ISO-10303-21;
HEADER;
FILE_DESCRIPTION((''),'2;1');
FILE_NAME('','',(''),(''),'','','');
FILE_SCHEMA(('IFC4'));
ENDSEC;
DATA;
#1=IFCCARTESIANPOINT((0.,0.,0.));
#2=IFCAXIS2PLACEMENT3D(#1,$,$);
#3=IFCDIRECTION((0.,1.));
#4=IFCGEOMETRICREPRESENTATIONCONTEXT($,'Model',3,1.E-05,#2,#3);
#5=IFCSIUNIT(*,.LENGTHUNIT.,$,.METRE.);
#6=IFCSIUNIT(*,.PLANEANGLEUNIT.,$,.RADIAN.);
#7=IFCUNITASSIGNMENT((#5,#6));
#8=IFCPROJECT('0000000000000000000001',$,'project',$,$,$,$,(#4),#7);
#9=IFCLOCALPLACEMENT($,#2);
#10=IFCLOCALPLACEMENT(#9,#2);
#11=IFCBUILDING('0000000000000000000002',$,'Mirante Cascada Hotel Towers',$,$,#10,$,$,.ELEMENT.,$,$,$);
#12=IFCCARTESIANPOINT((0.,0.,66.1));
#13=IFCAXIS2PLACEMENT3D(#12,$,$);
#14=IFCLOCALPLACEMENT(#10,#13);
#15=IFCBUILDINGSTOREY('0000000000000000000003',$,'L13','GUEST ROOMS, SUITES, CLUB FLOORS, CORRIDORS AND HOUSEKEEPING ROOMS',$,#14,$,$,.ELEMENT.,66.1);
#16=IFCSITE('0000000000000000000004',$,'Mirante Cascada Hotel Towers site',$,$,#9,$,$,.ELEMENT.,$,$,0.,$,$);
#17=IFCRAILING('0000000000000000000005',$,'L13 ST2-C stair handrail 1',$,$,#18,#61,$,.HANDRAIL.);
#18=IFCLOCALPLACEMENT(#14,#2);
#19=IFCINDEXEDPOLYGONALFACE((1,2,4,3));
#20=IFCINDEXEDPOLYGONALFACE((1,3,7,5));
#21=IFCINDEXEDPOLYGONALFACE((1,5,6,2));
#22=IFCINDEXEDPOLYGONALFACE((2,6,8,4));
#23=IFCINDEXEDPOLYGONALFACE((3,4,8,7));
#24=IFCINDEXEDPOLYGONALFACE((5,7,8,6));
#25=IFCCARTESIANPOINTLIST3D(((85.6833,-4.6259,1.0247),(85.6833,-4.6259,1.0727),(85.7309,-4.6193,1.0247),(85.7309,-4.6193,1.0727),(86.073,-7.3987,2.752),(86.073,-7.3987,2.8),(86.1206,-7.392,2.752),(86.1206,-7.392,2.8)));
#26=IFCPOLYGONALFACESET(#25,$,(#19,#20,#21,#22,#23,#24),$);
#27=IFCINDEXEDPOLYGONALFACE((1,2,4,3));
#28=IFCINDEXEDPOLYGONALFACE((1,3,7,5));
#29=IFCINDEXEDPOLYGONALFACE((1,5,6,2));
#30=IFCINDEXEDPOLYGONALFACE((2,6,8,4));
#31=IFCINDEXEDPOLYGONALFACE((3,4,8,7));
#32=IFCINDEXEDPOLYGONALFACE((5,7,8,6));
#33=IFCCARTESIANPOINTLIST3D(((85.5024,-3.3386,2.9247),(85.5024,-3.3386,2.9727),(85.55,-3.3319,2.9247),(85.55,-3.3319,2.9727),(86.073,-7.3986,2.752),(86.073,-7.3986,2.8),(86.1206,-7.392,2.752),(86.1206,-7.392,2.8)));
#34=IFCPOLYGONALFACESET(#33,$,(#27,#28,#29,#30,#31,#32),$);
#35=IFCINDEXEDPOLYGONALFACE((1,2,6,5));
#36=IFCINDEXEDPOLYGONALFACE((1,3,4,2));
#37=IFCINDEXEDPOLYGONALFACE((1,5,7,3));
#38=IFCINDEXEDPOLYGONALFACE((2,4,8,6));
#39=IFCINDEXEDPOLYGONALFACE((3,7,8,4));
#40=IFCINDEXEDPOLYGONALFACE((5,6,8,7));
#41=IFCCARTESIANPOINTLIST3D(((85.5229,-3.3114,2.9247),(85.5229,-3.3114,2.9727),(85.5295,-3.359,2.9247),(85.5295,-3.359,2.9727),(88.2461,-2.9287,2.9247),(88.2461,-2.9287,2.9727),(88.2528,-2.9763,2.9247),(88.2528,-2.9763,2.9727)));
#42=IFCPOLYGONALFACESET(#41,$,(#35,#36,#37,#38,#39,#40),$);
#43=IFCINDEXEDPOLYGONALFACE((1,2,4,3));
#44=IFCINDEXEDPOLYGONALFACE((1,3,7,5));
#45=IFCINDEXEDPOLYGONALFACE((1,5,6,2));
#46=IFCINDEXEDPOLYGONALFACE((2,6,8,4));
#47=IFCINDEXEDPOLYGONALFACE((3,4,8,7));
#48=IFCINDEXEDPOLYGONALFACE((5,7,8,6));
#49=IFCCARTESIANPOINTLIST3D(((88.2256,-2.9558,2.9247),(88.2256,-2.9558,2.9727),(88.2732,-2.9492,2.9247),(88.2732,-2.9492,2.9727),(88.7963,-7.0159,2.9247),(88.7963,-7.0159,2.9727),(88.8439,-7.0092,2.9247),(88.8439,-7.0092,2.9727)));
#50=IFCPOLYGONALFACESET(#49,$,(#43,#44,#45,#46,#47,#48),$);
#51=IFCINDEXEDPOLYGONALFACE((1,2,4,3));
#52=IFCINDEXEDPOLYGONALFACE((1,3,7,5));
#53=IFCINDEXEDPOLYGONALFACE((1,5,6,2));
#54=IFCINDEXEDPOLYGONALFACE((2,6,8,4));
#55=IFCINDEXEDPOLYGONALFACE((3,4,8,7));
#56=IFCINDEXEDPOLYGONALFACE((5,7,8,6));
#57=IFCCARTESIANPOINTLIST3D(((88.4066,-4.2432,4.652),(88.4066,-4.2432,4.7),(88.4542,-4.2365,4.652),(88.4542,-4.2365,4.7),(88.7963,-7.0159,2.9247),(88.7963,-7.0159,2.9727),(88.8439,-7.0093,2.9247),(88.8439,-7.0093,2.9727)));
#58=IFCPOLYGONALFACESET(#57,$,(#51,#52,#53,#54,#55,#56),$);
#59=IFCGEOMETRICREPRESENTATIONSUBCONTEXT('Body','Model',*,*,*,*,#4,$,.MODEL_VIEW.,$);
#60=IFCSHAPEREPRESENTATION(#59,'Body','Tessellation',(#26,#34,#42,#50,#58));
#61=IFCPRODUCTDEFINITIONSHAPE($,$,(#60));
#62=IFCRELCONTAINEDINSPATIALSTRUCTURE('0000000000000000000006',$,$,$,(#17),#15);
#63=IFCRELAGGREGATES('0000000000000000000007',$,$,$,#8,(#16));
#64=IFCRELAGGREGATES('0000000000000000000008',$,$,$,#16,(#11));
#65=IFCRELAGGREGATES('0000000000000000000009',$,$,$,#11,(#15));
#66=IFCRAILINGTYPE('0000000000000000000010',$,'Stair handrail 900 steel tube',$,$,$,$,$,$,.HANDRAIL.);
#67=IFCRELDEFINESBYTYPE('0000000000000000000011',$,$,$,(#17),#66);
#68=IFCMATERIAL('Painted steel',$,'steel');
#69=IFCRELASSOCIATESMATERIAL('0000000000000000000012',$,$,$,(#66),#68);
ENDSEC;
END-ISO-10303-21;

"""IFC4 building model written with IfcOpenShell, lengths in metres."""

from ifc_helpers import new_model, si_unit, direction, frame, origin, origin_2d, place, context, subcontext, project, spatial, rectangle, extrude, material, type_object, element, save


model = new_model("IFC4")

# Units and contexts
model_context = context("Model", 3, precision=1e-05, world=origin(), true_north=direction((0.0, 1.0)))
body_context = subcontext(model_context, "Body", "Model", "MODEL_VIEW")
ifc_project = project(units=[si_unit("LENGTHUNIT", "METRE"), si_unit("PLANEANGLEUNIT", "RADIAN")], contexts=[model_context])

# Site, building, storey
site_placement = place(None, origin())
site = spatial("IfcSite", under=ifc_project, at=site_placement, Name="Mirante Cascada Hotel Towers site", CompositionType="ELEMENT", RefElevation=0.0)
building_placement = place(site_placement, origin())
building = spatial("IfcBuilding", under=site, at=building_placement, Name="Mirante Cascada Hotel Towers", CompositionType="ELEMENT")
storey_placement = place(building_placement, frame((0.0, 0.0, 66.1)))
storey = spatial("IfcBuildingStorey", under=building, at=storey_placement, Name="L13", Description="GUEST ROOMS, SUITES, CLUB FLOORS, CORRIDORS AND HOUSEKEEPING ROOMS", CompositionType="ELEMENT", Elevation=66.1)

# Railing
ifc_material_1 = material(Name="Painted steel", Category="steel")
railing_type = type_object("IfcRailingType", Name="Stair handrail 900 steel tube", PredefinedType="HANDRAIL", material=ifc_material_1)
railing_placement = place(storey_placement, frame((85.7071, -4.6226, 0.1727)))
element("IfcRailing", 1, at=railing_placement, inside=storey, type_object=railing_type, Name="L13 ST2-C stair handrail 1", PredefinedType="HANDRAIL", context=body_context, shape_type="SweptSolid", body=[
    extrude(rectangle(XDim=0.048, YDim=0.048, at=origin_2d()), frame((0.0, 0.0, 0.876), z_axis=(0.139181, -0.990267, 0.0), x_axis=(0.990267, 0.139181, 0.0)), (0.0, 0.525035, 0.851081), 3.2899),
    extrude(rectangle(XDim=0.048, YDim=0.048, at=origin_2d()), frame((0.3897, -2.7727, 2.6033), z_axis=(-0.139171, 0.990268, 0.0), x_axis=(-0.990268, -0.139171, 0.0)), (0.0, 0.042085, 0.999114), 4.1036),
    extrude(rectangle(XDim=0.048, YDim=0.048, at=origin_2d()), frame((-0.1809, 1.2874, 2.776), z_axis=(0.990269, 0.139166, 0.0), x_axis=(-0.139166, 0.990269, 0.0)), (0.0, 0.0, 1.0), 2.75),
    extrude(rectangle(XDim=0.048, YDim=0.048, at=origin_2d()), frame((2.5423, 1.6701, 2.776), z_axis=(0.139195, -0.990265, 0.0), x_axis=(0.990265, 0.139195, 0.0)), (0.0, 0.0, 1.0), 4.1),
    extrude(rectangle(XDim=0.048, YDim=0.048, at=origin_2d()), frame((3.113, -2.39, 2.776), z_axis=(-0.139181, 0.990267, 0.0), x_axis=(-0.990267, -0.139181, 0.0)), (0.0, 0.525035, 0.851081), 3.2899),
])

save(model, "model.ifc")
